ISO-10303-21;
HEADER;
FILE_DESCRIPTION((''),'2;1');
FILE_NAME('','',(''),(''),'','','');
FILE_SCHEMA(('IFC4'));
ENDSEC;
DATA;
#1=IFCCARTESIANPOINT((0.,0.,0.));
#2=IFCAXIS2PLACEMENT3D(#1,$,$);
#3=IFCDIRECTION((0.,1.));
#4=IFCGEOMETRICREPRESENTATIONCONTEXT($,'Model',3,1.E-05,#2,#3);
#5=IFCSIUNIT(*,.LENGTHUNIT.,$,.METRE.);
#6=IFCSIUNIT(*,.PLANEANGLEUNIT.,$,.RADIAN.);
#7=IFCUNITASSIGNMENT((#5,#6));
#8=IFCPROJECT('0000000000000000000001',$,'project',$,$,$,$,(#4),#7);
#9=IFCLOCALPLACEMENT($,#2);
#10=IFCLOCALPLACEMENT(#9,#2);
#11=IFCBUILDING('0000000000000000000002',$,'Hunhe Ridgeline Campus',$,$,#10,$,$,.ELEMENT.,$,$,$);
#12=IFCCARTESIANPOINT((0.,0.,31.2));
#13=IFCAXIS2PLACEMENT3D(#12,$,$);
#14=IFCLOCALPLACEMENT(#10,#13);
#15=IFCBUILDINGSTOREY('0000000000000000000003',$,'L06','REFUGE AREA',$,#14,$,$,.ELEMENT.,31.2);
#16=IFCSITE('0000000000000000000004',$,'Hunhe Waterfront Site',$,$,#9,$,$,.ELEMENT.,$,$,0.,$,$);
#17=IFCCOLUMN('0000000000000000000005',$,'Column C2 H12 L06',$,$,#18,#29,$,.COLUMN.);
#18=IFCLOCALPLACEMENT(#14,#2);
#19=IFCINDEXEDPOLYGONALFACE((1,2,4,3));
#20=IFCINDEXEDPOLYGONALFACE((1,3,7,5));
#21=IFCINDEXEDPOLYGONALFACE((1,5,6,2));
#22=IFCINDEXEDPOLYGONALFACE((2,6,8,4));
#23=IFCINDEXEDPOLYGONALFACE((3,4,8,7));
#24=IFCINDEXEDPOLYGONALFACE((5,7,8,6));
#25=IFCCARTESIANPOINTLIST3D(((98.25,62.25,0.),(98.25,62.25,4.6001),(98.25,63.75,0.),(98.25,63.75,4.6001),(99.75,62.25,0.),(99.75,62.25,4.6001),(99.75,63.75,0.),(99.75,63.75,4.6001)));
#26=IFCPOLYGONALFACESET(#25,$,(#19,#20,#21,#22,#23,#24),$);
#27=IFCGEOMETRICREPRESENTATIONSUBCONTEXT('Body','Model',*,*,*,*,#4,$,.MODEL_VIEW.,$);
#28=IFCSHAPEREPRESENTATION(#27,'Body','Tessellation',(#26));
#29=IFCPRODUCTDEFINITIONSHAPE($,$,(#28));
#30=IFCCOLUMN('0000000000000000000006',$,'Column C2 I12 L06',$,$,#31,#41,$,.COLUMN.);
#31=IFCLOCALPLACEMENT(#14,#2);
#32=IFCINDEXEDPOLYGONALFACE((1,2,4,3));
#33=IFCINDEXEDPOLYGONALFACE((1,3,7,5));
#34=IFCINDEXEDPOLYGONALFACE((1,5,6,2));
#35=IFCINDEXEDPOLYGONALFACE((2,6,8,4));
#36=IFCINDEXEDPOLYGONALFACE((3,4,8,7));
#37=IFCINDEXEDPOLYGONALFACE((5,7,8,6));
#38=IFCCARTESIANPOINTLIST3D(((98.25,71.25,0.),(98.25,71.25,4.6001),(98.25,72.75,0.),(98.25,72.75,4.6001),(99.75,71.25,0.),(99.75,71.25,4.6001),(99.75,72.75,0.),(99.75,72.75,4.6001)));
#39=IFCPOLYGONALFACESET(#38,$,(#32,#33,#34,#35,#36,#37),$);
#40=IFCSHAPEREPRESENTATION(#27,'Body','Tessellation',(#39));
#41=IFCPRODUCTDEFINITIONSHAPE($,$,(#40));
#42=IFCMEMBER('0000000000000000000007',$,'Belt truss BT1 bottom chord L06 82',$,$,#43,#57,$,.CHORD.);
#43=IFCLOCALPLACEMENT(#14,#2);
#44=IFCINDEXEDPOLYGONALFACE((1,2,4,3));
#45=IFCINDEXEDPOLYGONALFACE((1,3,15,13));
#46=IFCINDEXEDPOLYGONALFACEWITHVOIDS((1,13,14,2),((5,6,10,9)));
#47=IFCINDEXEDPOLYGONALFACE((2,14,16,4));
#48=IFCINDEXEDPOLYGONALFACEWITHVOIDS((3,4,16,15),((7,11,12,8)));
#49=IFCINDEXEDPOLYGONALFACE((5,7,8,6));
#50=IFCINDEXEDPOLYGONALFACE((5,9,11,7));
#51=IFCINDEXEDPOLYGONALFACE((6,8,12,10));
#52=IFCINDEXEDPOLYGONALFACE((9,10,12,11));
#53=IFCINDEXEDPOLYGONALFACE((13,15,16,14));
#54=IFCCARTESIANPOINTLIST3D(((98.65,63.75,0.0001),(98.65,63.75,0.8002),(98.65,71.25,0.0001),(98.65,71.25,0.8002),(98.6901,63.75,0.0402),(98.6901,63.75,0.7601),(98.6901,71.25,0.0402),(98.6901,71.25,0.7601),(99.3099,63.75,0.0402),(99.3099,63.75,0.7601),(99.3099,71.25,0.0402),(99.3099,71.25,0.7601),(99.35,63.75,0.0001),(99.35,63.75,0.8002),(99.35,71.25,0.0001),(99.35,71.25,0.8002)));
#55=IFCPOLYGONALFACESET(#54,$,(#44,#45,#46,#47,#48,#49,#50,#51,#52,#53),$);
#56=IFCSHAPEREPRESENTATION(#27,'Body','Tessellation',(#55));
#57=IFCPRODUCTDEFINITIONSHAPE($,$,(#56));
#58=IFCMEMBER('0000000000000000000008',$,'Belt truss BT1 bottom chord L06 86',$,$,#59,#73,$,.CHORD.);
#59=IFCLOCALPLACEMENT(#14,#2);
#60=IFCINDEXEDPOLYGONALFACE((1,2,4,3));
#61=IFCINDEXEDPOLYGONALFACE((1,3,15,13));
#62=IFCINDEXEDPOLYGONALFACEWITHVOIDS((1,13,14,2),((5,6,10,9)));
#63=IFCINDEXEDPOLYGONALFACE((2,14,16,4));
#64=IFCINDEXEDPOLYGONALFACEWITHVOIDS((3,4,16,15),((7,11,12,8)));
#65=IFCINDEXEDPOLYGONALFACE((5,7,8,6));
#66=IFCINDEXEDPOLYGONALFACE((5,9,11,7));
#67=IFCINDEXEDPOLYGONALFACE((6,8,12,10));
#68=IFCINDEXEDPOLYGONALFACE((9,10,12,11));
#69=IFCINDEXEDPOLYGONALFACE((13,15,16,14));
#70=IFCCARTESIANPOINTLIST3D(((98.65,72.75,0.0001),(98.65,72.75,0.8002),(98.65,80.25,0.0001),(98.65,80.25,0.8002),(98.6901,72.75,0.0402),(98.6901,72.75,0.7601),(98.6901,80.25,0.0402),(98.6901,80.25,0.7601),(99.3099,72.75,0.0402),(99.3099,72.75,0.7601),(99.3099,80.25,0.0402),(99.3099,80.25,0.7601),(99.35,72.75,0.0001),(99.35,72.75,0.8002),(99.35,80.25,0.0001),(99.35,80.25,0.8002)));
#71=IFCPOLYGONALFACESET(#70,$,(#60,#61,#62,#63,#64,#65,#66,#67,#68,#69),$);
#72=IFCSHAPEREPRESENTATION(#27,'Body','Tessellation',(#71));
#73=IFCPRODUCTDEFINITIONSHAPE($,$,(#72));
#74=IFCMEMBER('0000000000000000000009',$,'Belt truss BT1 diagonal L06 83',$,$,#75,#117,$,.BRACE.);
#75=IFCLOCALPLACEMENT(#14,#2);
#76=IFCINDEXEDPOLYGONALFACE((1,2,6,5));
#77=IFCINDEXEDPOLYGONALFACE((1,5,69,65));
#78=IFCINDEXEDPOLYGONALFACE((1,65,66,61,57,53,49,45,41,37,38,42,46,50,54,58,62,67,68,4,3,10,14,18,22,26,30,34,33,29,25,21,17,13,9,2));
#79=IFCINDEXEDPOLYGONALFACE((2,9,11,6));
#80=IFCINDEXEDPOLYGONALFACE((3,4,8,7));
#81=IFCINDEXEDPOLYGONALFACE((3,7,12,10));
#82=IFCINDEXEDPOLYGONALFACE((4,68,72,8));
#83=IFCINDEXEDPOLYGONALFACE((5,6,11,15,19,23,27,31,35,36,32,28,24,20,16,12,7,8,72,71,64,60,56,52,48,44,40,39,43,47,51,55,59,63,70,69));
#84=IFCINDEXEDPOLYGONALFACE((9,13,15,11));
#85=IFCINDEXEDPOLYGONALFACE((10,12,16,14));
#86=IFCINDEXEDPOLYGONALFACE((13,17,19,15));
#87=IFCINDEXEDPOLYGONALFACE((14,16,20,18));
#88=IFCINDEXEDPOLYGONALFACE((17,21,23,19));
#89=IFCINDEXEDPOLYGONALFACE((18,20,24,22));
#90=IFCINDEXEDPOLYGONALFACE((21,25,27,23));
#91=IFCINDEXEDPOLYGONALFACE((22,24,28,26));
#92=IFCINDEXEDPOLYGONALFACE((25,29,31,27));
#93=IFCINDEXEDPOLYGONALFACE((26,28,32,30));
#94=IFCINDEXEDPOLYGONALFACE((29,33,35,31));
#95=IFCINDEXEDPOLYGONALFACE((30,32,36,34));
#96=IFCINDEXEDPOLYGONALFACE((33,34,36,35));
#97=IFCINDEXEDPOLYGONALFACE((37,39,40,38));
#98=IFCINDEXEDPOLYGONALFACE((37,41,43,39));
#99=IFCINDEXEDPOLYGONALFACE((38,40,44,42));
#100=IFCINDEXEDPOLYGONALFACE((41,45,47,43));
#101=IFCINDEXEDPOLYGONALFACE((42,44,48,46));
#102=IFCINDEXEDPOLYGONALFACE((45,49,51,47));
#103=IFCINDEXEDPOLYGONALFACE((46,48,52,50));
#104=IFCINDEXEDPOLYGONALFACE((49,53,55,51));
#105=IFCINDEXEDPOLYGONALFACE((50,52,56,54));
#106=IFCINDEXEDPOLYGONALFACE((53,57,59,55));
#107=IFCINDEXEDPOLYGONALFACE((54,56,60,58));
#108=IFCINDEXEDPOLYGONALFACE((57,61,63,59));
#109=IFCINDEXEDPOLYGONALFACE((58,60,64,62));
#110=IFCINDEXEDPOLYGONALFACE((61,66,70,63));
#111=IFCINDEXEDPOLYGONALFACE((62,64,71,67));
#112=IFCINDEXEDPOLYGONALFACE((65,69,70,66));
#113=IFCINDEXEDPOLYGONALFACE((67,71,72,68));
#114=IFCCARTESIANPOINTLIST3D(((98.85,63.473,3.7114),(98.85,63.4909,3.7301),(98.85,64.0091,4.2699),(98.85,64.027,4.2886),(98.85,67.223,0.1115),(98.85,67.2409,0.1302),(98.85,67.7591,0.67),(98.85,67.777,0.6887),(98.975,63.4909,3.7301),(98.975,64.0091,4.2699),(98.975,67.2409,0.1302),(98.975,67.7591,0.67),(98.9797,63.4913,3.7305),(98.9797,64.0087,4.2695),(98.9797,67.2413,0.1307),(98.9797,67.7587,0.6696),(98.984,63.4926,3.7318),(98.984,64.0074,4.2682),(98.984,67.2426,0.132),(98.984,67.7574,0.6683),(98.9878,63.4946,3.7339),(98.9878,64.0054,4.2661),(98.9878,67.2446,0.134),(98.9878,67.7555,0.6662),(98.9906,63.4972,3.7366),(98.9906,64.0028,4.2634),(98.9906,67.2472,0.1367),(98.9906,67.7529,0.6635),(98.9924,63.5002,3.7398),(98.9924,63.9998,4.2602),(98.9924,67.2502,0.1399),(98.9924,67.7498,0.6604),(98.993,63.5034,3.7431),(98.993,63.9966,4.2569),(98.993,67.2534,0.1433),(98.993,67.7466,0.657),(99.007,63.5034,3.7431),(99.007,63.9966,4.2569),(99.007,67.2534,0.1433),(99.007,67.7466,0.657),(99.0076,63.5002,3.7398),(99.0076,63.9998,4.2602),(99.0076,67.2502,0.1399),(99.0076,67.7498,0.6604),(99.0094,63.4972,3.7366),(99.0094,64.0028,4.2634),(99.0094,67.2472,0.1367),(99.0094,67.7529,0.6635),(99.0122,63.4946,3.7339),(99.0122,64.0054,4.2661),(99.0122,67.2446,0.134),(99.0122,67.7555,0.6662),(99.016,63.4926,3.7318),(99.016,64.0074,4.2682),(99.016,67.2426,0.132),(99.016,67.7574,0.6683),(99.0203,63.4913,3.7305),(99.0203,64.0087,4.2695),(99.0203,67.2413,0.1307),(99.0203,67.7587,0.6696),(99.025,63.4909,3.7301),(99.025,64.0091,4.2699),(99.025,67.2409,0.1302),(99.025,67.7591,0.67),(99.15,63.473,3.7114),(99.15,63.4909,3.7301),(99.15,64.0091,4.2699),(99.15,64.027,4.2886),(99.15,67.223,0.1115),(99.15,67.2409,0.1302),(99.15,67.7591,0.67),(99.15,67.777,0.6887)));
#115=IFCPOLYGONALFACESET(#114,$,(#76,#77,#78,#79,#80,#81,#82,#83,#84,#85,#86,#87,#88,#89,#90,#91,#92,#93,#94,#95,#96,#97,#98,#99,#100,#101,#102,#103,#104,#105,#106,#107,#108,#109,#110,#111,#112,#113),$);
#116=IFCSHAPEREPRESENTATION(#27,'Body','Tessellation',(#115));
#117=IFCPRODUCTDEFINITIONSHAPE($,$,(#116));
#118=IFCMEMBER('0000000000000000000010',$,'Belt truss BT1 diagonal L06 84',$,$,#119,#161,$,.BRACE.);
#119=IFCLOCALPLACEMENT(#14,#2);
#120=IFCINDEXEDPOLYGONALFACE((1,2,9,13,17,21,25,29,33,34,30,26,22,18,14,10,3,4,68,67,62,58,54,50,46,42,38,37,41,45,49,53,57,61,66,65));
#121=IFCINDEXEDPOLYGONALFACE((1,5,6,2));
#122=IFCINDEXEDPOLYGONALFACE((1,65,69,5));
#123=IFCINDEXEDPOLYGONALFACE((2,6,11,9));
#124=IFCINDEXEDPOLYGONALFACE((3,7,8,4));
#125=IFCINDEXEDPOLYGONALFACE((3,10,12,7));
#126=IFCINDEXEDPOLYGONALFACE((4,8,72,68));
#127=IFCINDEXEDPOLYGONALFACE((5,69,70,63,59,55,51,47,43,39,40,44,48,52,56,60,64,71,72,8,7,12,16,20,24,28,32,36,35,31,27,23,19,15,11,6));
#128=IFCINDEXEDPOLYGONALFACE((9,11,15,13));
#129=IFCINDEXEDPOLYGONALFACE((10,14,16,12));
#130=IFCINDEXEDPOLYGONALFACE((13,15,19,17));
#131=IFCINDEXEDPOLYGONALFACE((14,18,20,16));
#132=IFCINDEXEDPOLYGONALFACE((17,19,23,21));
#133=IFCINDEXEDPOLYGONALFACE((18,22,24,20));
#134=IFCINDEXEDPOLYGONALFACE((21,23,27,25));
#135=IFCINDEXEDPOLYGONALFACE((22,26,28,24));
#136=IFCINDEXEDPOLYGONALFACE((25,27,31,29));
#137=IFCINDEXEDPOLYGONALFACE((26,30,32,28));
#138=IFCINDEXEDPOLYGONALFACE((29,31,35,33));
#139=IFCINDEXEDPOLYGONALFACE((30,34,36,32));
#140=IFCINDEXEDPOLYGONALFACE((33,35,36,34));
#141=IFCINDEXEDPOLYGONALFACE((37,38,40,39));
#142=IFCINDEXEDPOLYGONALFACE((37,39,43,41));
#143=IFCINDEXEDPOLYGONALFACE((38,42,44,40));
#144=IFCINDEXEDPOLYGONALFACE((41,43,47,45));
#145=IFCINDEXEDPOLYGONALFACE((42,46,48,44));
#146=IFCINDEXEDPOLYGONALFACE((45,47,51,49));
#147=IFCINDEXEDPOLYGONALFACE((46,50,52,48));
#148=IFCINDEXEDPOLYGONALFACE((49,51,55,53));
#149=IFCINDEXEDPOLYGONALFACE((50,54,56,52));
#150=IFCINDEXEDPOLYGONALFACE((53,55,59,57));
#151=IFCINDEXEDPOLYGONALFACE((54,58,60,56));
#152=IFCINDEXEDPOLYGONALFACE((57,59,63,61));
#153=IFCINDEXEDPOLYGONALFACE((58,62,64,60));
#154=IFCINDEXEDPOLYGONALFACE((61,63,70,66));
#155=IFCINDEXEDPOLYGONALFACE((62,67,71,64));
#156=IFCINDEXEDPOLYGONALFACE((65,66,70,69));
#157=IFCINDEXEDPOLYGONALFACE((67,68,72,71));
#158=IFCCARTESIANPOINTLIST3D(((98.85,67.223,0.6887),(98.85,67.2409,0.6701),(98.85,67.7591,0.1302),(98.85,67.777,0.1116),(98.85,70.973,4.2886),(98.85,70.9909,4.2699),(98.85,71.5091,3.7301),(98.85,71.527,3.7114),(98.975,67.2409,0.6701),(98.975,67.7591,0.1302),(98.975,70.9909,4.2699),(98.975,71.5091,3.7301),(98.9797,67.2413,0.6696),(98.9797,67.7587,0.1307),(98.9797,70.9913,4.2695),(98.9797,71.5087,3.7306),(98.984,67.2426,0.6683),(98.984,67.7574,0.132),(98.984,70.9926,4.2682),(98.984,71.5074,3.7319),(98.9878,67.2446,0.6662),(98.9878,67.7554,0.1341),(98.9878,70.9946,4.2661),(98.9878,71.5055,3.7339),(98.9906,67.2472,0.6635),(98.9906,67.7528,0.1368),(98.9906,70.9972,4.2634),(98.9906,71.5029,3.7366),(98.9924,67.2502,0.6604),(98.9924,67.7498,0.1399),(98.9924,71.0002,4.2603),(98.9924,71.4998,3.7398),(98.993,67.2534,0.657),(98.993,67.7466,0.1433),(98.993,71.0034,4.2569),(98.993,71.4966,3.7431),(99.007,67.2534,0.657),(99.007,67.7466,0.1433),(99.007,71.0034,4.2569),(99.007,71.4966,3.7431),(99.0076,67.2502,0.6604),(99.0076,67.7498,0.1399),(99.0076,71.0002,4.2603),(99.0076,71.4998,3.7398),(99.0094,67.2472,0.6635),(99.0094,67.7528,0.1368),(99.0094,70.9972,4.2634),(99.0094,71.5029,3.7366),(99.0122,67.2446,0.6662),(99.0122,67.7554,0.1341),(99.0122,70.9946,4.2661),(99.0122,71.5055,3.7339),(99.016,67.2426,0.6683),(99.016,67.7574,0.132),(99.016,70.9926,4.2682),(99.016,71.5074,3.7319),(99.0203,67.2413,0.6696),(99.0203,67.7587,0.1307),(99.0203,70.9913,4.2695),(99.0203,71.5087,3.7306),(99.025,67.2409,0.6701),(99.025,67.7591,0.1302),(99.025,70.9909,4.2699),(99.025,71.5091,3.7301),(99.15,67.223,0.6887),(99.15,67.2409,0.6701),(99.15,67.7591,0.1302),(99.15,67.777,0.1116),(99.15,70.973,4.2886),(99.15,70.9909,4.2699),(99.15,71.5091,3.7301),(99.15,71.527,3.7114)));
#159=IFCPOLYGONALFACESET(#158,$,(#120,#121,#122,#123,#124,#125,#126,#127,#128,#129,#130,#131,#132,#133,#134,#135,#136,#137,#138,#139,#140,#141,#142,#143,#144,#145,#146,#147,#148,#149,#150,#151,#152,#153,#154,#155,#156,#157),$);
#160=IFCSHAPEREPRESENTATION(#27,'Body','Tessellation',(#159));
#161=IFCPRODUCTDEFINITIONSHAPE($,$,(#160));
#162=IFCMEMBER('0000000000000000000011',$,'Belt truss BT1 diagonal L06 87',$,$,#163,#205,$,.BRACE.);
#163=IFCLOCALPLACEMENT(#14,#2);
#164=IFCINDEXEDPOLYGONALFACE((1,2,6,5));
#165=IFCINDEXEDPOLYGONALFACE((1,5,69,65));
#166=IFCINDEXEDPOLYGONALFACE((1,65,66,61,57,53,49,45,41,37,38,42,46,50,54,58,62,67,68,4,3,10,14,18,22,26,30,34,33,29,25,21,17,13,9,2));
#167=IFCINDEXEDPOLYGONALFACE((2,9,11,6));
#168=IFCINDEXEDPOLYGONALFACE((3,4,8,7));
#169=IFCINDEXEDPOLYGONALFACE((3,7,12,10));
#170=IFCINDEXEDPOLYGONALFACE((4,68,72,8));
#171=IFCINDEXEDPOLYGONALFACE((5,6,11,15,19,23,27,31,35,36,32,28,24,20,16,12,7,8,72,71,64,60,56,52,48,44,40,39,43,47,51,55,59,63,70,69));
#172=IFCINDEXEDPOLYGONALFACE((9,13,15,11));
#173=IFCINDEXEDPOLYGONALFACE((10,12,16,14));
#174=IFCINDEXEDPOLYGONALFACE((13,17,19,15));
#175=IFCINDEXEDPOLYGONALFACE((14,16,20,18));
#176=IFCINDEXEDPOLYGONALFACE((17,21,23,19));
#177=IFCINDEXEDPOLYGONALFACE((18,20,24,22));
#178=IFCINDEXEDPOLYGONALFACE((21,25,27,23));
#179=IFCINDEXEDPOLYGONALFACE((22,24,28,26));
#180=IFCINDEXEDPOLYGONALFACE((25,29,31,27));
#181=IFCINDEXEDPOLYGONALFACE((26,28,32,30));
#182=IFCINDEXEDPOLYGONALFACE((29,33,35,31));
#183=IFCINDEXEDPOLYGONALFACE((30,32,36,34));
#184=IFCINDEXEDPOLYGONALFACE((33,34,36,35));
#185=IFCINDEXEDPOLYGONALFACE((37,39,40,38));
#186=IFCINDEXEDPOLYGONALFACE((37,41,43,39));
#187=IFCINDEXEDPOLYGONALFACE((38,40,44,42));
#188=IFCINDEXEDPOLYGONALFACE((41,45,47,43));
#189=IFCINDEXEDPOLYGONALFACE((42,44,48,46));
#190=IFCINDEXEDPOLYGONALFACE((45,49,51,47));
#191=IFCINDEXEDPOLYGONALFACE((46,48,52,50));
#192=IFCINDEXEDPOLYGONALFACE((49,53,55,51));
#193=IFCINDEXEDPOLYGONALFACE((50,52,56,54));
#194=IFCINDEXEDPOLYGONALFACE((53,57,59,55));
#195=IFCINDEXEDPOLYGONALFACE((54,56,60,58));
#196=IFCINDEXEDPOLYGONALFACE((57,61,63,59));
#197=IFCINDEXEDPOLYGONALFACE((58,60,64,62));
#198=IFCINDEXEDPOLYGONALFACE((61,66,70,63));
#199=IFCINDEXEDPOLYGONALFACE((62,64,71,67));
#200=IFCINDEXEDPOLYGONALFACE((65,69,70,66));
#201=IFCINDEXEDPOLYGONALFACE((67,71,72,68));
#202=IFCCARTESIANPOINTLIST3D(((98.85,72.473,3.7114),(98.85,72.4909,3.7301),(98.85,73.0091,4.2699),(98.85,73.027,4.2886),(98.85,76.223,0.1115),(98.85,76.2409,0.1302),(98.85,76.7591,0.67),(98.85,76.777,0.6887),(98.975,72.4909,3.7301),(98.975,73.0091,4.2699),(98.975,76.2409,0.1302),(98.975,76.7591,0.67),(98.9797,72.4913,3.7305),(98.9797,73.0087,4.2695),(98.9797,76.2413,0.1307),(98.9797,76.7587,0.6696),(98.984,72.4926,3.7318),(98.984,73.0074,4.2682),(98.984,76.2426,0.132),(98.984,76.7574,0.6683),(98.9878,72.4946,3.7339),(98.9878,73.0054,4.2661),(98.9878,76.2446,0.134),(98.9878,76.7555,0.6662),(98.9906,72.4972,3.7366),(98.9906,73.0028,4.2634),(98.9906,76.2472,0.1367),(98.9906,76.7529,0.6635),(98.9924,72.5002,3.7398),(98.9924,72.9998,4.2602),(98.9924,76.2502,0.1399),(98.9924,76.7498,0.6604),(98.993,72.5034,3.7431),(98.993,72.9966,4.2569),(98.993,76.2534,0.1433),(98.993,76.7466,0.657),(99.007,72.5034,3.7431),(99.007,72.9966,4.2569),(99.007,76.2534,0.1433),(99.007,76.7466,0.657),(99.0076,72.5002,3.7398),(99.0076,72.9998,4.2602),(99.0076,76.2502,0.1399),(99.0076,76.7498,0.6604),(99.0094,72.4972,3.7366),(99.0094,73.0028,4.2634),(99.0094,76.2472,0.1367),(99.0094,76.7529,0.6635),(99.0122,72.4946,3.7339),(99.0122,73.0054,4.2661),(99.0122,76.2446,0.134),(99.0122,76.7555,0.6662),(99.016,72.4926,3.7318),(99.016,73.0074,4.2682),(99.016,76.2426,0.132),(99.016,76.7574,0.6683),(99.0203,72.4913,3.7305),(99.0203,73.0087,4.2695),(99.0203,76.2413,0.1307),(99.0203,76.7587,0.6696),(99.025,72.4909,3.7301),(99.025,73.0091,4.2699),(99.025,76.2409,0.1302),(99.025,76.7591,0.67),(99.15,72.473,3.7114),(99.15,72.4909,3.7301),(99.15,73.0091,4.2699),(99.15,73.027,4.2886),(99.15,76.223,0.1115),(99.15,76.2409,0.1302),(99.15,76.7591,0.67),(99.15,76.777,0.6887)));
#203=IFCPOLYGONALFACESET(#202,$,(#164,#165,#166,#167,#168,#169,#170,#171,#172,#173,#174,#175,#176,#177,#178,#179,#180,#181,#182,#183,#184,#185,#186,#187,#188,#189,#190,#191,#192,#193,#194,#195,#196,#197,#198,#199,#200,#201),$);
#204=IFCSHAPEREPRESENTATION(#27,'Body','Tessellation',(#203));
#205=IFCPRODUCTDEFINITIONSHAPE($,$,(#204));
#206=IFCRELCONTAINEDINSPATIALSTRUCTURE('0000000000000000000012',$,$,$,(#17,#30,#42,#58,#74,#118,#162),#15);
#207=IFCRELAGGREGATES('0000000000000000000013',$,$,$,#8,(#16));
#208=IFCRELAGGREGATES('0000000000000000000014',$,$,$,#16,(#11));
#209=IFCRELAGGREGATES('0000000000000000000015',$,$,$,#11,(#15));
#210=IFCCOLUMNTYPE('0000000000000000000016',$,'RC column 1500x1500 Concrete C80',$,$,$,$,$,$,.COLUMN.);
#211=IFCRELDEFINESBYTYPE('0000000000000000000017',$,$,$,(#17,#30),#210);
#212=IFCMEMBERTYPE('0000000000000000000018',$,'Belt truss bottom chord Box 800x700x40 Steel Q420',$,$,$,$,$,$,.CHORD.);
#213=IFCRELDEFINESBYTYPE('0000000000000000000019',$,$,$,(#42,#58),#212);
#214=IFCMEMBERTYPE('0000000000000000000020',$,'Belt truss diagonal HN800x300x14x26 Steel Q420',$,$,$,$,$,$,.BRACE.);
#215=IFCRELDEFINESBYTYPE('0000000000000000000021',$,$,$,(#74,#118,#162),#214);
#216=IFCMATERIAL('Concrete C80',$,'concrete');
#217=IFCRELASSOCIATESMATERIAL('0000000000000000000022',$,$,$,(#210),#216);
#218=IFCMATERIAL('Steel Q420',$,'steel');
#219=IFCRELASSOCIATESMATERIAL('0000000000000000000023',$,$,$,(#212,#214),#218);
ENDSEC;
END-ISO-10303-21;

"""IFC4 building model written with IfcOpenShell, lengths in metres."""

from ifc_helpers import new_model, si_unit, direction, frame, origin, origin_2d, place, context, subcontext, project, spatial, rectangle, hollow_rectangle, i_section, extrude, material, material_profile, profile_set, type_object, element, save


model = new_model("IFC4")

# Units and contexts
model_context = context("Model", 3, precision=1e-05, world=origin(), true_north=direction((0.0, 1.0)))
body_context = subcontext(model_context, "Body", "Model", "MODEL_VIEW")
ifc_project = project(units=[si_unit("LENGTHUNIT", "METRE"), si_unit("PLANEANGLEUNIT", "RADIAN")], contexts=[model_context])

# Site, building, storey
site_placement = place(None, origin())
site = spatial("IfcSite", under=ifc_project, at=site_placement, Name="Hunhe Waterfront Site", CompositionType="ELEMENT", RefElevation=0.0)
building_placement = place(site_placement, origin())
building = spatial("IfcBuilding", under=site, at=building_placement, Name="Hunhe Ridgeline Campus", CompositionType="ELEMENT")
storey_placement = place(building_placement, frame((0.0, 0.0, 31.2)))
storey = spatial("IfcBuildingStorey", under=building, at=storey_placement, Name="L06", Description="REFUGE AREA", CompositionType="ELEMENT", Elevation=31.2)

# Columns
ifc_material_1 = material(Name="Concrete C80", Category="concrete")
ifc_material_profile_1 = material_profile(ifc_material_1, rectangle(XDim=1.5, YDim=1.5, at=origin_2d()))
ifc_profile_set_1 = profile_set([ifc_material_profile_1], Name="Concrete C80")
column_type = type_object("IfcColumnType", Name="RC column 1500x1500 Concrete C80", PredefinedType="COLUMN", material=ifc_profile_set_1)
for number, where, z_axis, x_axis, name in (
    (1, (99.0, 63.0, 0.0), (0.0, 0.0, 1.0), (1.0, 0.0, 0.0), "Column C2 H12 L06"),
    (2, (99.0, 72.0, 0.0), (0.0, 0.0, 1.0), (1.0, 0.0, 0.0), "Column C2 I12 L06"),
):
    element("IfcColumn", number, at=place(storey_placement, frame(where, z_axis=z_axis, x_axis=x_axis)), inside=storey, type_object=column_type, Name=name, PredefinedType="COLUMN", context=body_context, shape_type="SweptSolid", body=[
        extrude(rectangle(XDim=1.5, YDim=1.5, at=origin_2d()), origin(), (0.0, 0.0, 1.0), 4.6001),
    ])

# Members
ifc_material_2 = material(Name="Steel Q420", Category="steel")
ifc_material_profile_2 = material_profile(ifc_material_2, hollow_rectangle(XDim=0.7, YDim=0.8, WallThickness=0.04, at=origin_2d()))
ifc_profile_set_2 = profile_set([ifc_material_profile_2], Name="Steel Q420")
member_type_1 = type_object("IfcMemberType", Name="Belt truss bottom chord Box 800x700x40 Steel Q420", PredefinedType="CHORD", material=ifc_profile_set_2)
for number, where, z_axis, x_axis, name in (
    (3, (99.0, 63.75, 0.4001), (0.0, 1.0, 0.0), (-1.0, 0.0, 0.0), "Belt truss BT1 bottom chord L06 82"),
    (4, (99.0, 72.75, 0.4001), (0.0, 1.0, 0.0), (-1.0, 0.0, 0.0), "Belt truss BT1 bottom chord L06 86"),
):
    element("IfcMember", number, at=place(storey_placement, frame(where, z_axis=z_axis, x_axis=x_axis)), inside=storey, type_object=member_type_1, Name=name, PredefinedType="CHORD", context=body_context, shape_type="SweptSolid", body=[
        extrude(hollow_rectangle(XDim=0.7, YDim=0.8, WallThickness=0.04, at=origin_2d()), origin(), (0.0, 0.0, 1.0), 7.5),
    ])
ifc_material_profile_3 = material_profile(ifc_material_2, i_section(OverallWidth=0.3, OverallDepth=0.8, WebThickness=0.0139, FlangeThickness=0.0259, FilletRadius=0.0181, at=origin_2d()))
ifc_profile_set_3 = profile_set([ifc_material_profile_3], Name="Steel Q420")
member_type_2 = type_object("IfcMemberType", Name="Belt truss diagonal HN800x300x14x26 Steel Q420", PredefinedType="BRACE", material=ifc_profile_set_3)
for number, where, z_axis, x_axis, name in (
    (5, (99.0, 63.75, 4.0), (0.0, 0.721401, -0.692517), (-1.0, 0.0, 0.0), "Belt truss BT1 diagonal L06 83"),
    (6, (99.0, 67.5, 0.4001), (0.0, 0.721401, 0.692517), (-1.0, 0.0, 0.0), "Belt truss BT1 diagonal L06 84"),
    (7, (99.0, 72.75, 4.0), (0.0, 0.721401, -0.692517), (-1.0, 0.0, 0.0), "Belt truss BT1 diagonal L06 87"),
):
    element("IfcMember", number, at=place(storey_placement, frame(where, z_axis=z_axis, x_axis=x_axis)), inside=storey, type_object=member_type_2, Name=name, PredefinedType="BRACE", context=body_context, shape_type="SweptSolid", body=[
        extrude(i_section(OverallWidth=0.3, OverallDepth=0.8, WebThickness=0.0139, FlangeThickness=0.0259, FilletRadius=0.0181, at=origin_2d()), origin(), (0.0, 0.0, 1.0), 5.1982),
    ])

save(model, "model.ifc")
